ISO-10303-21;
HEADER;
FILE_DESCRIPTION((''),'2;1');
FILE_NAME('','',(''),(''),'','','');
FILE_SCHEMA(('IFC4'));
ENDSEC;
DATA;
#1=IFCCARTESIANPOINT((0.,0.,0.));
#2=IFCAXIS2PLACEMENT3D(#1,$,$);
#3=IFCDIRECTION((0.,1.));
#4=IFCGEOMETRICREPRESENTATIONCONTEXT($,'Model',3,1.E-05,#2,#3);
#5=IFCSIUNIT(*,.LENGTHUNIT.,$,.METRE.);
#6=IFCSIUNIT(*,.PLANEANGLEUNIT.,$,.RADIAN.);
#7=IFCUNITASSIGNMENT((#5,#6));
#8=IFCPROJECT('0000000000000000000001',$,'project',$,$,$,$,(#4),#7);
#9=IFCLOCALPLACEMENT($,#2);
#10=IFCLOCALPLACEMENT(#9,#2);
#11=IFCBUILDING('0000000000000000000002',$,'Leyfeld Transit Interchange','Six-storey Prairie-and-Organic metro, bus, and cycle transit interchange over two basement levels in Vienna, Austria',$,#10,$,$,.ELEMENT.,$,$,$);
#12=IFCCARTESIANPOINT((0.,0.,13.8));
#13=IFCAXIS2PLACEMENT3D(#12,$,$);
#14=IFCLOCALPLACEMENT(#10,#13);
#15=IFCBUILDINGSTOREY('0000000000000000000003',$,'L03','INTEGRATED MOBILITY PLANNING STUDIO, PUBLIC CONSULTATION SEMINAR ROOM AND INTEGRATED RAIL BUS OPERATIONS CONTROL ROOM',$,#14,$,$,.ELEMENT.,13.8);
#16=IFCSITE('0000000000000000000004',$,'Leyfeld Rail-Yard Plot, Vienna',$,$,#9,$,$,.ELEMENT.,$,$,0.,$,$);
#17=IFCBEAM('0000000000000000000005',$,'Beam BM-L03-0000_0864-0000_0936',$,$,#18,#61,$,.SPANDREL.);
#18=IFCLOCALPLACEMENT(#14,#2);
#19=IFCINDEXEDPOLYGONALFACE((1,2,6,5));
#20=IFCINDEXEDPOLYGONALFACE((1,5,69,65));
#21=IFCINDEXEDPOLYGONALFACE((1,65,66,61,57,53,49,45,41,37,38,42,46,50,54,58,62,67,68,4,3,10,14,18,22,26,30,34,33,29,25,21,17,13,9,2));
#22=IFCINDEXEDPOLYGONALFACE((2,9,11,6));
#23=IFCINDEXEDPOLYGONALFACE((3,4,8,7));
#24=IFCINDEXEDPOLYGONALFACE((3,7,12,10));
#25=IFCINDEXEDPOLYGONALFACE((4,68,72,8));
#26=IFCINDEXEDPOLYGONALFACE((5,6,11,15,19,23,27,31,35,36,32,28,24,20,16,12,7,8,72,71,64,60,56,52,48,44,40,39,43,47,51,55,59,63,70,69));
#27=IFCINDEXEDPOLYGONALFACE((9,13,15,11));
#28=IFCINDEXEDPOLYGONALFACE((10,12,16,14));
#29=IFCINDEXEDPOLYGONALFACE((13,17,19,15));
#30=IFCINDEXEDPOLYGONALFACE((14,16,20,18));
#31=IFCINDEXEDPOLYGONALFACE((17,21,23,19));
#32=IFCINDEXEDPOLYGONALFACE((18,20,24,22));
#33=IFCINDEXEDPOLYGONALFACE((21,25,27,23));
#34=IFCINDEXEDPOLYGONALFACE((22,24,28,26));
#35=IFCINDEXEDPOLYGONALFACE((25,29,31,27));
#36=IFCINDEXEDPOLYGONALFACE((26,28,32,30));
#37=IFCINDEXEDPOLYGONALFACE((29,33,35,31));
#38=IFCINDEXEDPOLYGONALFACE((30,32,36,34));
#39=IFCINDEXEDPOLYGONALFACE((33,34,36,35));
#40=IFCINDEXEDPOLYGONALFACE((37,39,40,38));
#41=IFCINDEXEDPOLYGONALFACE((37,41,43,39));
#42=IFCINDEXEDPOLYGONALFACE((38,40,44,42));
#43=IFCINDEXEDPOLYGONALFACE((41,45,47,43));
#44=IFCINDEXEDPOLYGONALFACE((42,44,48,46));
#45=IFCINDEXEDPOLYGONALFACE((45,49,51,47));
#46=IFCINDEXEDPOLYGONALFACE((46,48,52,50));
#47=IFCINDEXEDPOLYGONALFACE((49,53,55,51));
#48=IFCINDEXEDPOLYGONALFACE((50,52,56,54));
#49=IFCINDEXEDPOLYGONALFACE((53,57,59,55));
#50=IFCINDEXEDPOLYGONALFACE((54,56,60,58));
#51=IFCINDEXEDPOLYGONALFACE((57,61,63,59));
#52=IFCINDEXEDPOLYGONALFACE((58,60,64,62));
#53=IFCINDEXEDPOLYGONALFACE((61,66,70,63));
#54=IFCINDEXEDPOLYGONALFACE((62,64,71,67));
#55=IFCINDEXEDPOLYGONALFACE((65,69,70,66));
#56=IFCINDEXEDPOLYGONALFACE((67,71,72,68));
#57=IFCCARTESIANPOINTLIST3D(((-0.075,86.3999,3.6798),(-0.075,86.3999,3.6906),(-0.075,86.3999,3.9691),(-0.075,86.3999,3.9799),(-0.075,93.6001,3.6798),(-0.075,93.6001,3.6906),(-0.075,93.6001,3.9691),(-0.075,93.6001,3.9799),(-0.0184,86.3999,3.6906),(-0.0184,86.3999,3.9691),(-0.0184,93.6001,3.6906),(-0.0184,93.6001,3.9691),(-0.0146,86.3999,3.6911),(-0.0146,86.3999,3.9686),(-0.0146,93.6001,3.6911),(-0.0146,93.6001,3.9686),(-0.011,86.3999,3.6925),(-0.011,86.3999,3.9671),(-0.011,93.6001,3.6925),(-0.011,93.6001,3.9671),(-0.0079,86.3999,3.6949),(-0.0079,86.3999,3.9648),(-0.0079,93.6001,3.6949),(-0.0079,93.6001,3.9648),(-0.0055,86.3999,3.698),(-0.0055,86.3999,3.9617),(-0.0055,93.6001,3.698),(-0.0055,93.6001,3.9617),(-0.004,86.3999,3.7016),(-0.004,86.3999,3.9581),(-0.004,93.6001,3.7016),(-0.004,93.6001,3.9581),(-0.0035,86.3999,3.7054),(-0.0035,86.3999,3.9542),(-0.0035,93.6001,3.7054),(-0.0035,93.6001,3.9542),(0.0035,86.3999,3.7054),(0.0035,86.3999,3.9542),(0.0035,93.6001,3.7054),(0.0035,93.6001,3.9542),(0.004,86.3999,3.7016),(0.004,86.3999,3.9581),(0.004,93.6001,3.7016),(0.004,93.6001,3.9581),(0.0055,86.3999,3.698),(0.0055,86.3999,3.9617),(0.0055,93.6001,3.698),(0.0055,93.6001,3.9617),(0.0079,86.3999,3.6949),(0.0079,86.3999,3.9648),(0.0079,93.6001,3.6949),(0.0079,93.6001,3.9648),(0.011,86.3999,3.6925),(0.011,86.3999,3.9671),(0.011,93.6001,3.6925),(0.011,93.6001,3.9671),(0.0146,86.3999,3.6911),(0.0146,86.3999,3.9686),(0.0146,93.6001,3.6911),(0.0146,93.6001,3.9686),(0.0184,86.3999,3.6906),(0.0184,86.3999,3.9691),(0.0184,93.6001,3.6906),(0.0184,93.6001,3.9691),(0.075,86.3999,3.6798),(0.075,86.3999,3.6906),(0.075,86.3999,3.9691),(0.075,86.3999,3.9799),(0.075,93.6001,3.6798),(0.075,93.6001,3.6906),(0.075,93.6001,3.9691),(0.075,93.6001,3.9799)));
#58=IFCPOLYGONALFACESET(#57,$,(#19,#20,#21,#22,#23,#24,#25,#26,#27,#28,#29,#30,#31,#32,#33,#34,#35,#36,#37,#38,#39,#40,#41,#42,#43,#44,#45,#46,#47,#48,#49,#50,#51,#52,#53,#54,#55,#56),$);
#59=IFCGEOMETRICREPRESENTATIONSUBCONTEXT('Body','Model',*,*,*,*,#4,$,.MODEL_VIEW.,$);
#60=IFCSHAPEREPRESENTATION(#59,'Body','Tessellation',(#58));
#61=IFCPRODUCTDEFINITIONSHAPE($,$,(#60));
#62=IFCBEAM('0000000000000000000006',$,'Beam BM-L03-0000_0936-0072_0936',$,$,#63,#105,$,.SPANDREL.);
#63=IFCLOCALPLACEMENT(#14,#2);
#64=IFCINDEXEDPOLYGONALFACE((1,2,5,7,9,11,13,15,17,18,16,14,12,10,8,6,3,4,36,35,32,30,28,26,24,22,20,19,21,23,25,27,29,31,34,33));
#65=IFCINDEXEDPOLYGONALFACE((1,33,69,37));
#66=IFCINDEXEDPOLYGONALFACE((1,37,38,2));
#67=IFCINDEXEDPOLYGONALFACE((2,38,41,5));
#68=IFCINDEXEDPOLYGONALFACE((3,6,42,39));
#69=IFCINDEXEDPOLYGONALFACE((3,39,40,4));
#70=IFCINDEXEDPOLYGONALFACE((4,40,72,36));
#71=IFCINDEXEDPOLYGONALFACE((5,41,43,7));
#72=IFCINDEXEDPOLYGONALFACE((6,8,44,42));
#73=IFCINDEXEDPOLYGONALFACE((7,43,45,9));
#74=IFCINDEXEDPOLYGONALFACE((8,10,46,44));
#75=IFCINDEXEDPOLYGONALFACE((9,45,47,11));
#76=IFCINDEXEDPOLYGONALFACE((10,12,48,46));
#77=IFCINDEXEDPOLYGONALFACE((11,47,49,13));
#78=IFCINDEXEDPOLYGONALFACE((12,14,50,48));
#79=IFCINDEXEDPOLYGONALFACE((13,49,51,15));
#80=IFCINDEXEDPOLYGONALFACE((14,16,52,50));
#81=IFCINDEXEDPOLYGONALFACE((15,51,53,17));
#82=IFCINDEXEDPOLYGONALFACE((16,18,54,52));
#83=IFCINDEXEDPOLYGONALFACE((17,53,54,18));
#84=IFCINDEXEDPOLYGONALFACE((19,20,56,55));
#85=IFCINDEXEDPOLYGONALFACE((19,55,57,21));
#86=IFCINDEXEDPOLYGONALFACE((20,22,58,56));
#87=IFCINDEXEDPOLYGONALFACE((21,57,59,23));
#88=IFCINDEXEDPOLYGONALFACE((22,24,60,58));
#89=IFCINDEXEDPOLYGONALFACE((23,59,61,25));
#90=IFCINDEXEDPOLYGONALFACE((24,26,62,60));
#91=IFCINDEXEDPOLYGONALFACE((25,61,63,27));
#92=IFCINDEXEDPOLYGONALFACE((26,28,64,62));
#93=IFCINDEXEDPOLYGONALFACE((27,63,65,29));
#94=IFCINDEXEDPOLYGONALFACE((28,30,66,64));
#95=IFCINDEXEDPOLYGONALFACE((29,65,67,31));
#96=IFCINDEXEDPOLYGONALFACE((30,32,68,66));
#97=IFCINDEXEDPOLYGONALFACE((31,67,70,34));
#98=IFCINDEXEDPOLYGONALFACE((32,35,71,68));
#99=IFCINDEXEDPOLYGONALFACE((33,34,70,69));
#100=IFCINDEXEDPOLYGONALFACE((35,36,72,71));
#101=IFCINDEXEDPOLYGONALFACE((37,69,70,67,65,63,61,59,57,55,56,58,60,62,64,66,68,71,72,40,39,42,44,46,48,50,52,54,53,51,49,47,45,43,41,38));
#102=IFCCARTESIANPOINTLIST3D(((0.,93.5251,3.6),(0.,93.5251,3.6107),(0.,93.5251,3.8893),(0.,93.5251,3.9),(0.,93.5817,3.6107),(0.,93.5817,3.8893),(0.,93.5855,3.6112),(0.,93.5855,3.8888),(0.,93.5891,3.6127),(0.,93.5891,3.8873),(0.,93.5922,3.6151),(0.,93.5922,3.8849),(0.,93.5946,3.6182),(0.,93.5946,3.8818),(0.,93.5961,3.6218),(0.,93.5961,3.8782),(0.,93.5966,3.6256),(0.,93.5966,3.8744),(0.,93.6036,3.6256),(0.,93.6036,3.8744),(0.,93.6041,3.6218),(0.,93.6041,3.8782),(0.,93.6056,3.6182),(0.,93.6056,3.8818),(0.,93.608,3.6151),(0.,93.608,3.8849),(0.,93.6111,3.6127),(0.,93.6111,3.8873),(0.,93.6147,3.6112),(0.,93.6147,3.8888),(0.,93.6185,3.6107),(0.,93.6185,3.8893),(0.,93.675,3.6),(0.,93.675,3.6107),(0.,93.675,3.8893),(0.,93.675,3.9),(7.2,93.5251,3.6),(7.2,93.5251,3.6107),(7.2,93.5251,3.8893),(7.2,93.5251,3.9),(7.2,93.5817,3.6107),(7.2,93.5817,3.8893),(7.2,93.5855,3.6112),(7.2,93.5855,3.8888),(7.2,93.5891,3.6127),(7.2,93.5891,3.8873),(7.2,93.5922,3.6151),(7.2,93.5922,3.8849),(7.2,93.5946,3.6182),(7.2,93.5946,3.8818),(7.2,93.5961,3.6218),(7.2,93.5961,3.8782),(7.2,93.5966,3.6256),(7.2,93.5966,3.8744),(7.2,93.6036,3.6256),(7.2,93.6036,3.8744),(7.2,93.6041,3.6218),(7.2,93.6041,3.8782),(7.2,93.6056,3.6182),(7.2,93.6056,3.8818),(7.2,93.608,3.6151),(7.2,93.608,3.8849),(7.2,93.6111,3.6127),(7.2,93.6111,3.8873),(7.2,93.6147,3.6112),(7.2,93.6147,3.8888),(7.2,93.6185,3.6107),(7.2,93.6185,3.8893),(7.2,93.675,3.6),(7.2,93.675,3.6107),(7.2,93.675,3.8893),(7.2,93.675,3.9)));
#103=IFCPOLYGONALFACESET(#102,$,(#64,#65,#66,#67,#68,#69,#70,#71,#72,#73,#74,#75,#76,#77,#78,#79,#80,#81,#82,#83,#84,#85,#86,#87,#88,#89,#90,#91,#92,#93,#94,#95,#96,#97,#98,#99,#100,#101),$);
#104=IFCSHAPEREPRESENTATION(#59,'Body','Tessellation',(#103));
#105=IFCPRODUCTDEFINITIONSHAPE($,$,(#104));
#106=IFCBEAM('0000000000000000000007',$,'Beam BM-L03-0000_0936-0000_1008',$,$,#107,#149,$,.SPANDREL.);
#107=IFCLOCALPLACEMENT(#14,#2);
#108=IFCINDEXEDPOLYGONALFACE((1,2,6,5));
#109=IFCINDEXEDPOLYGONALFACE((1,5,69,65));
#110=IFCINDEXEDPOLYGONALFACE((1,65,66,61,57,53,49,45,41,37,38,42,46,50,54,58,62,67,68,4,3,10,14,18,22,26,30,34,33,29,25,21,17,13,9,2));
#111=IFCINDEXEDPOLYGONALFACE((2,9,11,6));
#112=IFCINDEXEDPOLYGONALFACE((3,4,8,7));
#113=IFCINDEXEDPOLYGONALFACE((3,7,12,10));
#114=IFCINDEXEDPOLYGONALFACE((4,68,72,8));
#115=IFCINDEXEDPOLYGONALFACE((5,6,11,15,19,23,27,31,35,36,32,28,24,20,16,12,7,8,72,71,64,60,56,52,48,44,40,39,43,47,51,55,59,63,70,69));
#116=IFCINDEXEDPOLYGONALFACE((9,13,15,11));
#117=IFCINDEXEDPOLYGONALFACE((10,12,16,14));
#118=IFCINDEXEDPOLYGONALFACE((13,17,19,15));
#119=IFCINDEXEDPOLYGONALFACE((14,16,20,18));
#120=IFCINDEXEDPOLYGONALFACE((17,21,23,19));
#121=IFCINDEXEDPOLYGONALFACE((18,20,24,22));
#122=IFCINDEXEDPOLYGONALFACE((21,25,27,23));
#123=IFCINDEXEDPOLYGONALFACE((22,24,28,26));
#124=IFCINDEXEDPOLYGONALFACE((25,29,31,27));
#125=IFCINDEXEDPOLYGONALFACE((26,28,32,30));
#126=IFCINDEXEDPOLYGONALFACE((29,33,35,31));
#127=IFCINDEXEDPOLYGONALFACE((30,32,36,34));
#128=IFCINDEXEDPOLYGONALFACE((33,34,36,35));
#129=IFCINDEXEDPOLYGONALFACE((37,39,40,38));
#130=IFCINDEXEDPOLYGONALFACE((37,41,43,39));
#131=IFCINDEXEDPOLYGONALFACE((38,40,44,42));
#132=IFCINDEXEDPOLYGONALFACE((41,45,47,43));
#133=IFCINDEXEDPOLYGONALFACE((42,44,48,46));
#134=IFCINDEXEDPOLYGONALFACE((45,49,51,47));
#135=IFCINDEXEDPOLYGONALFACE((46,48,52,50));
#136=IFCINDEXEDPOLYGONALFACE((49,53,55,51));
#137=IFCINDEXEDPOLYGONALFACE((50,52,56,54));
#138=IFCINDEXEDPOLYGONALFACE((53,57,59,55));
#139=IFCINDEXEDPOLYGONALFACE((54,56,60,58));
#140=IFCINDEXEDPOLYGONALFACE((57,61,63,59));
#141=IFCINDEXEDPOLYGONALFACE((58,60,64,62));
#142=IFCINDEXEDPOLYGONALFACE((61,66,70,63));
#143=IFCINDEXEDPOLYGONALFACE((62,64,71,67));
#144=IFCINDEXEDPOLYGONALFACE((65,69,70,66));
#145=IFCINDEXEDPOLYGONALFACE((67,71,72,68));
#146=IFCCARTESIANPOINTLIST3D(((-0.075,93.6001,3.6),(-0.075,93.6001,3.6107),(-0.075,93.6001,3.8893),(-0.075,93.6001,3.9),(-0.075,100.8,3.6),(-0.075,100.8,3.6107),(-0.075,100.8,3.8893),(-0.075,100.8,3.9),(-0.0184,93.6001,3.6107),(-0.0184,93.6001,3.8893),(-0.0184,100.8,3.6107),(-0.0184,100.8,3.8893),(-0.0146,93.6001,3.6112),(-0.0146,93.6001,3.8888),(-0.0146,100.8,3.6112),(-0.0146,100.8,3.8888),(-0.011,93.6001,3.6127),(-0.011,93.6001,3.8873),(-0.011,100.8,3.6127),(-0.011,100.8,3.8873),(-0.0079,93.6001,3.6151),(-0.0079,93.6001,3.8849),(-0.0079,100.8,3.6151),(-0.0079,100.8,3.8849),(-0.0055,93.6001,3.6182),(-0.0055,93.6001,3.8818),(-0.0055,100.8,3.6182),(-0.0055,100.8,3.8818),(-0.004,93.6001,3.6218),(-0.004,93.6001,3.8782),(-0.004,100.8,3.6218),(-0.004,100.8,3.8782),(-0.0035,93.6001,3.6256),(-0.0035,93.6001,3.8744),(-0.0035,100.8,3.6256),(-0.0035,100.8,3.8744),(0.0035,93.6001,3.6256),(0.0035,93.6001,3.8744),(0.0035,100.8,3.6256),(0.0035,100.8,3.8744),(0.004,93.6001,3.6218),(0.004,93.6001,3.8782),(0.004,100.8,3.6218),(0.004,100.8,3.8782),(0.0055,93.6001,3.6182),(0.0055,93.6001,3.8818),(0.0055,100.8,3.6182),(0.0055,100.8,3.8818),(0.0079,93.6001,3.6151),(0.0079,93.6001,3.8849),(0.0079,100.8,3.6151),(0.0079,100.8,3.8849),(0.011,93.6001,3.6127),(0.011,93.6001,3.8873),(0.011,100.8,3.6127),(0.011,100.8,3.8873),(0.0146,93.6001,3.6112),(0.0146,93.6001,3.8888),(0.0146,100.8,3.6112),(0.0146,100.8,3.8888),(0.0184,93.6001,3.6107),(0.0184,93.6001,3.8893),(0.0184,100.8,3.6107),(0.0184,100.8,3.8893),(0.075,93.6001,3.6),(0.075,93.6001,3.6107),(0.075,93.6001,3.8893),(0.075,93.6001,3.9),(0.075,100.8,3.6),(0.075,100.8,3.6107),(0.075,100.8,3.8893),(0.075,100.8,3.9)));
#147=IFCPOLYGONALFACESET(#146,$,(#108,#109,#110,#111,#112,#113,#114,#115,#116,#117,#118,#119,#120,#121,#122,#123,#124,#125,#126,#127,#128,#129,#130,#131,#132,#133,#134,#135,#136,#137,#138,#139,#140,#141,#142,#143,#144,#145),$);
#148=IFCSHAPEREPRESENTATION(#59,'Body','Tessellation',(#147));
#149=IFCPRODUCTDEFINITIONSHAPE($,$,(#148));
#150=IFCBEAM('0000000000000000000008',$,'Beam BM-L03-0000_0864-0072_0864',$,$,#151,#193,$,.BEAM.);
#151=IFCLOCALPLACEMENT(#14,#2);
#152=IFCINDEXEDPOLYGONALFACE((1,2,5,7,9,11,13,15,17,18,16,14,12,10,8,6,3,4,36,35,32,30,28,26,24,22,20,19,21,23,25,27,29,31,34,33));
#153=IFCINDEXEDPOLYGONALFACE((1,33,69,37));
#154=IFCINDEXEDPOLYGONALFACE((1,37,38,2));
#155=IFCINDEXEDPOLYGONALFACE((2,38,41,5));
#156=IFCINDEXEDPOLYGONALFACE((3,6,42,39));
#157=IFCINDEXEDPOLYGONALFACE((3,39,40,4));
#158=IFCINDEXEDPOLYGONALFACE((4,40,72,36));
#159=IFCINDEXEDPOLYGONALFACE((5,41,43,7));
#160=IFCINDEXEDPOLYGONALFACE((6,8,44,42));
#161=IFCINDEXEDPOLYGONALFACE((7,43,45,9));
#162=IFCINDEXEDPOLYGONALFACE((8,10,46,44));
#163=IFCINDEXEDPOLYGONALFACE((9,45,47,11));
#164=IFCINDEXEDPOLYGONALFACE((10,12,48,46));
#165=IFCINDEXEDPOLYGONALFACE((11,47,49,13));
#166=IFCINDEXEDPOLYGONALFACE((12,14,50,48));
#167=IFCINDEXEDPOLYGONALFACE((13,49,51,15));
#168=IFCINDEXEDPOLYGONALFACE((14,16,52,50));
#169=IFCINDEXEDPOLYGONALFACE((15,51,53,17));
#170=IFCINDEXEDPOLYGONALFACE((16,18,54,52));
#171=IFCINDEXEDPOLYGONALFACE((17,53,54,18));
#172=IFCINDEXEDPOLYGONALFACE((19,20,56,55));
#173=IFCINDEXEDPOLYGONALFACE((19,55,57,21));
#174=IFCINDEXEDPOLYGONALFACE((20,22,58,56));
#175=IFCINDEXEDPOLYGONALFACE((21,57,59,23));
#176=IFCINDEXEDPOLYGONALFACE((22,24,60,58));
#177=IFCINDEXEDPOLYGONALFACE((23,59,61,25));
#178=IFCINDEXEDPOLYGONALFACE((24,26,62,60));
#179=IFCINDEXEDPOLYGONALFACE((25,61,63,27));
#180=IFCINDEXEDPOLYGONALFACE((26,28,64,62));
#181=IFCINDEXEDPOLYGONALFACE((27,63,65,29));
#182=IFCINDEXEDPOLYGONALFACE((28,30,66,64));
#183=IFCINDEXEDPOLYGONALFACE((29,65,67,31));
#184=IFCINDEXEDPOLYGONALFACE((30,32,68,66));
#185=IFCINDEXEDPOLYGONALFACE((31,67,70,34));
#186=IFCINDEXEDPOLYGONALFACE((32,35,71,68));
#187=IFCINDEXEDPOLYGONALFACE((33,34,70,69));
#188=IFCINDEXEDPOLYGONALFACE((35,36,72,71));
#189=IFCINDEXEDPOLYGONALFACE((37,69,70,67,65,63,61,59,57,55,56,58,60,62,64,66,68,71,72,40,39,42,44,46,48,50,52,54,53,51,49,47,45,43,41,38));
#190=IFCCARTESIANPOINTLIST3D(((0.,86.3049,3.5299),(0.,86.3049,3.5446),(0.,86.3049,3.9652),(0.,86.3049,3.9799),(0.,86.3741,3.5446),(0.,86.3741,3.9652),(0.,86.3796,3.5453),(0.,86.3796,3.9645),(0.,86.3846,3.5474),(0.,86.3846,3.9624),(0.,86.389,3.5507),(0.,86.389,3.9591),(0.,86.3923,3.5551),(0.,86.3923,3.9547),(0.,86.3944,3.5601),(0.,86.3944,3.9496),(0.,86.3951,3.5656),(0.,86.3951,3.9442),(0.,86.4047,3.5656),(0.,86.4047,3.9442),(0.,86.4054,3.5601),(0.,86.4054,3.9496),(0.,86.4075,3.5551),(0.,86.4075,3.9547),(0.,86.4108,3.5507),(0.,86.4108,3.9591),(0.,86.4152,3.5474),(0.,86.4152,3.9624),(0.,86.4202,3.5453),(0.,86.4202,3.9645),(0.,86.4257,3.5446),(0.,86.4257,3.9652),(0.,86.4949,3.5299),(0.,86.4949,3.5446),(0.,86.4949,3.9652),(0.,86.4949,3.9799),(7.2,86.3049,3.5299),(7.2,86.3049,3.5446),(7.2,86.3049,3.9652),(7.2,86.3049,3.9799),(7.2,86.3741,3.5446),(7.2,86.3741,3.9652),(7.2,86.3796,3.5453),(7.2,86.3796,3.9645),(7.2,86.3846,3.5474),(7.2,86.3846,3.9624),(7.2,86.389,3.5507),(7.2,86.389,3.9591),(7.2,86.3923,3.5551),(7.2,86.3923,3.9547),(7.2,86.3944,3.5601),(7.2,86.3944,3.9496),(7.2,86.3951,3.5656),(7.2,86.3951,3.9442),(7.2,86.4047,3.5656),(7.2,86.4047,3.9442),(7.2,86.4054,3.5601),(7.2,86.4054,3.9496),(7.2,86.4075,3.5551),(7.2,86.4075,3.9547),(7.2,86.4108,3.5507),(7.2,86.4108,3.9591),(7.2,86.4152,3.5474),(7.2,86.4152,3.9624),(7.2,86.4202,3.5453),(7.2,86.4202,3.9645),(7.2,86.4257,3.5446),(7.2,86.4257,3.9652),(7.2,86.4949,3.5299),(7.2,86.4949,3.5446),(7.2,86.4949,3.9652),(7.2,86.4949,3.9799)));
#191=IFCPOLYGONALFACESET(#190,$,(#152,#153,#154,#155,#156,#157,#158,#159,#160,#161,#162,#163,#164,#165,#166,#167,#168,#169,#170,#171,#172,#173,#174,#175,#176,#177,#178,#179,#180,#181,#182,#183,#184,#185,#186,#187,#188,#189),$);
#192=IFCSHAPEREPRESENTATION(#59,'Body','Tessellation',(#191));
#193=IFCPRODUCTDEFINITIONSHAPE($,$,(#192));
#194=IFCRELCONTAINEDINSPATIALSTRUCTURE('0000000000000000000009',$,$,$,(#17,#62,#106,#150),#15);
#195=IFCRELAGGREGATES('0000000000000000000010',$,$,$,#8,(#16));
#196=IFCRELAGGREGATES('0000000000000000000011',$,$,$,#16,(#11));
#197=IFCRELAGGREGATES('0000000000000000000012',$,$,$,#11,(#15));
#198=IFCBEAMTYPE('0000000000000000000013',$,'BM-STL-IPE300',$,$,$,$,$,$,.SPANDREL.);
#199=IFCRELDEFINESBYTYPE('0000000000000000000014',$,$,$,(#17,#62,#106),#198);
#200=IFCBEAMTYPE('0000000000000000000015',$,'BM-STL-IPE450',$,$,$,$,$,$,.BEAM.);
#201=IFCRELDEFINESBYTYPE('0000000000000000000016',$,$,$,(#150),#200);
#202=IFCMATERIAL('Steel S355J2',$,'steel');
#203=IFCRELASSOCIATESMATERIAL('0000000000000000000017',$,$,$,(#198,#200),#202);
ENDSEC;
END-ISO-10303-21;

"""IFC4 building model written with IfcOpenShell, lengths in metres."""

from ifc_helpers import new_model, si_unit, direction, frame, origin, origin_2d, place, context, subcontext, project, spatial, i_section, extrude, material, material_profile, profile_set, type_object, element, save


model = new_model("IFC4")

# Units and contexts
model_context = context("Model", 3, precision=1e-05, world=origin(), true_north=direction((0.0, 1.0)))
body_context = subcontext(model_context, "Body", "Model", "MODEL_VIEW")
ifc_project = project(units=[si_unit("LENGTHUNIT", "METRE"), si_unit("PLANEANGLEUNIT", "RADIAN")], contexts=[model_context])

# Site, building, storey
site_placement = place(None, origin())
site = spatial("IfcSite", under=ifc_project, at=site_placement, Name="Leyfeld Rail-Yard Plot, Vienna", CompositionType="ELEMENT", RefElevation=0.0)
building_placement = place(site_placement, origin())
building = spatial("IfcBuilding", under=site, at=building_placement, Name="Leyfeld Transit Interchange", Description="Six-storey Prairie-and-Organic metro, bus, and cycle transit interchange over two basement levels in Vienna, Austria", CompositionType="ELEMENT")
storey_placement = place(building_placement, frame((0.0, 0.0, 13.8)))
storey = spatial("IfcBuildingStorey", under=building, at=storey_placement, Name="L03", Description="INTEGRATED MOBILITY PLANNING STUDIO, PUBLIC CONSULTATION SEMINAR ROOM AND INTEGRATED RAIL BUS OPERATIONS CONTROL ROOM", CompositionType="ELEMENT", Elevation=13.8)

# Shared definitions
ifc_material_1 = material(Name="Steel S355J2", Category="steel")

# Beams
ifc_material_profile_1 = material_profile(ifc_material_1, i_section(OverallWidth=0.1499, OverallDepth=0.3, WebThickness=0.0071, FlangeThickness=0.0107, FilletRadius=0.0149, at=origin_2d()), Name="IPE 300")
ifc_profile_set_1 = profile_set([ifc_material_profile_1], Name="Steel S355J2")
beam_type_1 = type_object("IfcBeamType", Name="BM-STL-IPE300", PredefinedType="SPANDREL", material=ifc_profile_set_1)
beam_1_placement = place(storey_placement, frame((0.0, 86.3999, 3.8298), z_axis=(0.0, 1.0, 0.0), x_axis=(-1.0, 0.0, 0.0)))
element("IfcBeam", 1, at=beam_1_placement, inside=storey, type_object=beam_type_1, Name="Beam BM-L03-0000_0864-0000_0936", PredefinedType="SPANDREL", context=body_context, shape_type="SweptSolid", body=[
    extrude(i_section(OverallWidth=0.1499, OverallDepth=0.3, WebThickness=0.0071, FlangeThickness=0.0107, FilletRadius=0.0149, at=origin_2d()), origin(), (0.0, 0.0, 1.0), 7.2002),
])
for number, where, z_axis, x_axis, name in (
    (2, (0.0, 93.6001, 3.75), (1.0, 0.0, 0.0), (0.0, 1.0, 0.0), "Beam BM-L03-0000_0936-0072_0936"),
    (3, (0.0, 93.6001, 3.75), (0.0, 1.0, 0.0), (-1.0, 0.0, 0.0), "Beam BM-L03-0000_0936-0000_1008"),
):
    element("IfcBeam", number, at=place(storey_placement, frame(where, z_axis=z_axis, x_axis=x_axis)), inside=storey, type_object=beam_type_1, Name=name, PredefinedType="SPANDREL", context=body_context, shape_type="SweptSolid", body=[
        extrude(i_section(OverallWidth=0.1499, OverallDepth=0.3, WebThickness=0.0071, FlangeThickness=0.0107, FilletRadius=0.0149, at=origin_2d()), origin(), (0.0, 0.0, 1.0), 7.2),
    ])
ifc_material_profile_2 = material_profile(ifc_material_1, i_section(OverallWidth=0.1899, OverallDepth=0.45, WebThickness=0.0095, FlangeThickness=0.0146, FilletRadius=0.021, at=origin_2d()), Name="IPE 450")
ifc_profile_set_2 = profile_set([ifc_material_profile_2], Name="Steel S355J2")
beam_type_2 = type_object("IfcBeamType", Name="BM-STL-IPE450", PredefinedType="BEAM", material=ifc_profile_set_2)
beam_2_placement = place(storey_placement, frame((0.0, 86.3999, 3.7549), z_axis=(1.0, 0.0, 0.0), x_axis=(0.0, 1.0, 0.0)))
element("IfcBeam", 4, at=beam_2_placement, inside=storey, type_object=beam_type_2, Name="Beam BM-L03-0000_0864-0072_0864", PredefinedType="BEAM", context=body_context, shape_type="SweptSolid", body=[
    extrude(i_section(OverallWidth=0.1899, OverallDepth=0.45, WebThickness=0.0095, FlangeThickness=0.0146, FilletRadius=0.021, at=origin_2d()), origin(), (0.0, 0.0, 1.0), 7.2),
])

save(model, "model.ifc")
